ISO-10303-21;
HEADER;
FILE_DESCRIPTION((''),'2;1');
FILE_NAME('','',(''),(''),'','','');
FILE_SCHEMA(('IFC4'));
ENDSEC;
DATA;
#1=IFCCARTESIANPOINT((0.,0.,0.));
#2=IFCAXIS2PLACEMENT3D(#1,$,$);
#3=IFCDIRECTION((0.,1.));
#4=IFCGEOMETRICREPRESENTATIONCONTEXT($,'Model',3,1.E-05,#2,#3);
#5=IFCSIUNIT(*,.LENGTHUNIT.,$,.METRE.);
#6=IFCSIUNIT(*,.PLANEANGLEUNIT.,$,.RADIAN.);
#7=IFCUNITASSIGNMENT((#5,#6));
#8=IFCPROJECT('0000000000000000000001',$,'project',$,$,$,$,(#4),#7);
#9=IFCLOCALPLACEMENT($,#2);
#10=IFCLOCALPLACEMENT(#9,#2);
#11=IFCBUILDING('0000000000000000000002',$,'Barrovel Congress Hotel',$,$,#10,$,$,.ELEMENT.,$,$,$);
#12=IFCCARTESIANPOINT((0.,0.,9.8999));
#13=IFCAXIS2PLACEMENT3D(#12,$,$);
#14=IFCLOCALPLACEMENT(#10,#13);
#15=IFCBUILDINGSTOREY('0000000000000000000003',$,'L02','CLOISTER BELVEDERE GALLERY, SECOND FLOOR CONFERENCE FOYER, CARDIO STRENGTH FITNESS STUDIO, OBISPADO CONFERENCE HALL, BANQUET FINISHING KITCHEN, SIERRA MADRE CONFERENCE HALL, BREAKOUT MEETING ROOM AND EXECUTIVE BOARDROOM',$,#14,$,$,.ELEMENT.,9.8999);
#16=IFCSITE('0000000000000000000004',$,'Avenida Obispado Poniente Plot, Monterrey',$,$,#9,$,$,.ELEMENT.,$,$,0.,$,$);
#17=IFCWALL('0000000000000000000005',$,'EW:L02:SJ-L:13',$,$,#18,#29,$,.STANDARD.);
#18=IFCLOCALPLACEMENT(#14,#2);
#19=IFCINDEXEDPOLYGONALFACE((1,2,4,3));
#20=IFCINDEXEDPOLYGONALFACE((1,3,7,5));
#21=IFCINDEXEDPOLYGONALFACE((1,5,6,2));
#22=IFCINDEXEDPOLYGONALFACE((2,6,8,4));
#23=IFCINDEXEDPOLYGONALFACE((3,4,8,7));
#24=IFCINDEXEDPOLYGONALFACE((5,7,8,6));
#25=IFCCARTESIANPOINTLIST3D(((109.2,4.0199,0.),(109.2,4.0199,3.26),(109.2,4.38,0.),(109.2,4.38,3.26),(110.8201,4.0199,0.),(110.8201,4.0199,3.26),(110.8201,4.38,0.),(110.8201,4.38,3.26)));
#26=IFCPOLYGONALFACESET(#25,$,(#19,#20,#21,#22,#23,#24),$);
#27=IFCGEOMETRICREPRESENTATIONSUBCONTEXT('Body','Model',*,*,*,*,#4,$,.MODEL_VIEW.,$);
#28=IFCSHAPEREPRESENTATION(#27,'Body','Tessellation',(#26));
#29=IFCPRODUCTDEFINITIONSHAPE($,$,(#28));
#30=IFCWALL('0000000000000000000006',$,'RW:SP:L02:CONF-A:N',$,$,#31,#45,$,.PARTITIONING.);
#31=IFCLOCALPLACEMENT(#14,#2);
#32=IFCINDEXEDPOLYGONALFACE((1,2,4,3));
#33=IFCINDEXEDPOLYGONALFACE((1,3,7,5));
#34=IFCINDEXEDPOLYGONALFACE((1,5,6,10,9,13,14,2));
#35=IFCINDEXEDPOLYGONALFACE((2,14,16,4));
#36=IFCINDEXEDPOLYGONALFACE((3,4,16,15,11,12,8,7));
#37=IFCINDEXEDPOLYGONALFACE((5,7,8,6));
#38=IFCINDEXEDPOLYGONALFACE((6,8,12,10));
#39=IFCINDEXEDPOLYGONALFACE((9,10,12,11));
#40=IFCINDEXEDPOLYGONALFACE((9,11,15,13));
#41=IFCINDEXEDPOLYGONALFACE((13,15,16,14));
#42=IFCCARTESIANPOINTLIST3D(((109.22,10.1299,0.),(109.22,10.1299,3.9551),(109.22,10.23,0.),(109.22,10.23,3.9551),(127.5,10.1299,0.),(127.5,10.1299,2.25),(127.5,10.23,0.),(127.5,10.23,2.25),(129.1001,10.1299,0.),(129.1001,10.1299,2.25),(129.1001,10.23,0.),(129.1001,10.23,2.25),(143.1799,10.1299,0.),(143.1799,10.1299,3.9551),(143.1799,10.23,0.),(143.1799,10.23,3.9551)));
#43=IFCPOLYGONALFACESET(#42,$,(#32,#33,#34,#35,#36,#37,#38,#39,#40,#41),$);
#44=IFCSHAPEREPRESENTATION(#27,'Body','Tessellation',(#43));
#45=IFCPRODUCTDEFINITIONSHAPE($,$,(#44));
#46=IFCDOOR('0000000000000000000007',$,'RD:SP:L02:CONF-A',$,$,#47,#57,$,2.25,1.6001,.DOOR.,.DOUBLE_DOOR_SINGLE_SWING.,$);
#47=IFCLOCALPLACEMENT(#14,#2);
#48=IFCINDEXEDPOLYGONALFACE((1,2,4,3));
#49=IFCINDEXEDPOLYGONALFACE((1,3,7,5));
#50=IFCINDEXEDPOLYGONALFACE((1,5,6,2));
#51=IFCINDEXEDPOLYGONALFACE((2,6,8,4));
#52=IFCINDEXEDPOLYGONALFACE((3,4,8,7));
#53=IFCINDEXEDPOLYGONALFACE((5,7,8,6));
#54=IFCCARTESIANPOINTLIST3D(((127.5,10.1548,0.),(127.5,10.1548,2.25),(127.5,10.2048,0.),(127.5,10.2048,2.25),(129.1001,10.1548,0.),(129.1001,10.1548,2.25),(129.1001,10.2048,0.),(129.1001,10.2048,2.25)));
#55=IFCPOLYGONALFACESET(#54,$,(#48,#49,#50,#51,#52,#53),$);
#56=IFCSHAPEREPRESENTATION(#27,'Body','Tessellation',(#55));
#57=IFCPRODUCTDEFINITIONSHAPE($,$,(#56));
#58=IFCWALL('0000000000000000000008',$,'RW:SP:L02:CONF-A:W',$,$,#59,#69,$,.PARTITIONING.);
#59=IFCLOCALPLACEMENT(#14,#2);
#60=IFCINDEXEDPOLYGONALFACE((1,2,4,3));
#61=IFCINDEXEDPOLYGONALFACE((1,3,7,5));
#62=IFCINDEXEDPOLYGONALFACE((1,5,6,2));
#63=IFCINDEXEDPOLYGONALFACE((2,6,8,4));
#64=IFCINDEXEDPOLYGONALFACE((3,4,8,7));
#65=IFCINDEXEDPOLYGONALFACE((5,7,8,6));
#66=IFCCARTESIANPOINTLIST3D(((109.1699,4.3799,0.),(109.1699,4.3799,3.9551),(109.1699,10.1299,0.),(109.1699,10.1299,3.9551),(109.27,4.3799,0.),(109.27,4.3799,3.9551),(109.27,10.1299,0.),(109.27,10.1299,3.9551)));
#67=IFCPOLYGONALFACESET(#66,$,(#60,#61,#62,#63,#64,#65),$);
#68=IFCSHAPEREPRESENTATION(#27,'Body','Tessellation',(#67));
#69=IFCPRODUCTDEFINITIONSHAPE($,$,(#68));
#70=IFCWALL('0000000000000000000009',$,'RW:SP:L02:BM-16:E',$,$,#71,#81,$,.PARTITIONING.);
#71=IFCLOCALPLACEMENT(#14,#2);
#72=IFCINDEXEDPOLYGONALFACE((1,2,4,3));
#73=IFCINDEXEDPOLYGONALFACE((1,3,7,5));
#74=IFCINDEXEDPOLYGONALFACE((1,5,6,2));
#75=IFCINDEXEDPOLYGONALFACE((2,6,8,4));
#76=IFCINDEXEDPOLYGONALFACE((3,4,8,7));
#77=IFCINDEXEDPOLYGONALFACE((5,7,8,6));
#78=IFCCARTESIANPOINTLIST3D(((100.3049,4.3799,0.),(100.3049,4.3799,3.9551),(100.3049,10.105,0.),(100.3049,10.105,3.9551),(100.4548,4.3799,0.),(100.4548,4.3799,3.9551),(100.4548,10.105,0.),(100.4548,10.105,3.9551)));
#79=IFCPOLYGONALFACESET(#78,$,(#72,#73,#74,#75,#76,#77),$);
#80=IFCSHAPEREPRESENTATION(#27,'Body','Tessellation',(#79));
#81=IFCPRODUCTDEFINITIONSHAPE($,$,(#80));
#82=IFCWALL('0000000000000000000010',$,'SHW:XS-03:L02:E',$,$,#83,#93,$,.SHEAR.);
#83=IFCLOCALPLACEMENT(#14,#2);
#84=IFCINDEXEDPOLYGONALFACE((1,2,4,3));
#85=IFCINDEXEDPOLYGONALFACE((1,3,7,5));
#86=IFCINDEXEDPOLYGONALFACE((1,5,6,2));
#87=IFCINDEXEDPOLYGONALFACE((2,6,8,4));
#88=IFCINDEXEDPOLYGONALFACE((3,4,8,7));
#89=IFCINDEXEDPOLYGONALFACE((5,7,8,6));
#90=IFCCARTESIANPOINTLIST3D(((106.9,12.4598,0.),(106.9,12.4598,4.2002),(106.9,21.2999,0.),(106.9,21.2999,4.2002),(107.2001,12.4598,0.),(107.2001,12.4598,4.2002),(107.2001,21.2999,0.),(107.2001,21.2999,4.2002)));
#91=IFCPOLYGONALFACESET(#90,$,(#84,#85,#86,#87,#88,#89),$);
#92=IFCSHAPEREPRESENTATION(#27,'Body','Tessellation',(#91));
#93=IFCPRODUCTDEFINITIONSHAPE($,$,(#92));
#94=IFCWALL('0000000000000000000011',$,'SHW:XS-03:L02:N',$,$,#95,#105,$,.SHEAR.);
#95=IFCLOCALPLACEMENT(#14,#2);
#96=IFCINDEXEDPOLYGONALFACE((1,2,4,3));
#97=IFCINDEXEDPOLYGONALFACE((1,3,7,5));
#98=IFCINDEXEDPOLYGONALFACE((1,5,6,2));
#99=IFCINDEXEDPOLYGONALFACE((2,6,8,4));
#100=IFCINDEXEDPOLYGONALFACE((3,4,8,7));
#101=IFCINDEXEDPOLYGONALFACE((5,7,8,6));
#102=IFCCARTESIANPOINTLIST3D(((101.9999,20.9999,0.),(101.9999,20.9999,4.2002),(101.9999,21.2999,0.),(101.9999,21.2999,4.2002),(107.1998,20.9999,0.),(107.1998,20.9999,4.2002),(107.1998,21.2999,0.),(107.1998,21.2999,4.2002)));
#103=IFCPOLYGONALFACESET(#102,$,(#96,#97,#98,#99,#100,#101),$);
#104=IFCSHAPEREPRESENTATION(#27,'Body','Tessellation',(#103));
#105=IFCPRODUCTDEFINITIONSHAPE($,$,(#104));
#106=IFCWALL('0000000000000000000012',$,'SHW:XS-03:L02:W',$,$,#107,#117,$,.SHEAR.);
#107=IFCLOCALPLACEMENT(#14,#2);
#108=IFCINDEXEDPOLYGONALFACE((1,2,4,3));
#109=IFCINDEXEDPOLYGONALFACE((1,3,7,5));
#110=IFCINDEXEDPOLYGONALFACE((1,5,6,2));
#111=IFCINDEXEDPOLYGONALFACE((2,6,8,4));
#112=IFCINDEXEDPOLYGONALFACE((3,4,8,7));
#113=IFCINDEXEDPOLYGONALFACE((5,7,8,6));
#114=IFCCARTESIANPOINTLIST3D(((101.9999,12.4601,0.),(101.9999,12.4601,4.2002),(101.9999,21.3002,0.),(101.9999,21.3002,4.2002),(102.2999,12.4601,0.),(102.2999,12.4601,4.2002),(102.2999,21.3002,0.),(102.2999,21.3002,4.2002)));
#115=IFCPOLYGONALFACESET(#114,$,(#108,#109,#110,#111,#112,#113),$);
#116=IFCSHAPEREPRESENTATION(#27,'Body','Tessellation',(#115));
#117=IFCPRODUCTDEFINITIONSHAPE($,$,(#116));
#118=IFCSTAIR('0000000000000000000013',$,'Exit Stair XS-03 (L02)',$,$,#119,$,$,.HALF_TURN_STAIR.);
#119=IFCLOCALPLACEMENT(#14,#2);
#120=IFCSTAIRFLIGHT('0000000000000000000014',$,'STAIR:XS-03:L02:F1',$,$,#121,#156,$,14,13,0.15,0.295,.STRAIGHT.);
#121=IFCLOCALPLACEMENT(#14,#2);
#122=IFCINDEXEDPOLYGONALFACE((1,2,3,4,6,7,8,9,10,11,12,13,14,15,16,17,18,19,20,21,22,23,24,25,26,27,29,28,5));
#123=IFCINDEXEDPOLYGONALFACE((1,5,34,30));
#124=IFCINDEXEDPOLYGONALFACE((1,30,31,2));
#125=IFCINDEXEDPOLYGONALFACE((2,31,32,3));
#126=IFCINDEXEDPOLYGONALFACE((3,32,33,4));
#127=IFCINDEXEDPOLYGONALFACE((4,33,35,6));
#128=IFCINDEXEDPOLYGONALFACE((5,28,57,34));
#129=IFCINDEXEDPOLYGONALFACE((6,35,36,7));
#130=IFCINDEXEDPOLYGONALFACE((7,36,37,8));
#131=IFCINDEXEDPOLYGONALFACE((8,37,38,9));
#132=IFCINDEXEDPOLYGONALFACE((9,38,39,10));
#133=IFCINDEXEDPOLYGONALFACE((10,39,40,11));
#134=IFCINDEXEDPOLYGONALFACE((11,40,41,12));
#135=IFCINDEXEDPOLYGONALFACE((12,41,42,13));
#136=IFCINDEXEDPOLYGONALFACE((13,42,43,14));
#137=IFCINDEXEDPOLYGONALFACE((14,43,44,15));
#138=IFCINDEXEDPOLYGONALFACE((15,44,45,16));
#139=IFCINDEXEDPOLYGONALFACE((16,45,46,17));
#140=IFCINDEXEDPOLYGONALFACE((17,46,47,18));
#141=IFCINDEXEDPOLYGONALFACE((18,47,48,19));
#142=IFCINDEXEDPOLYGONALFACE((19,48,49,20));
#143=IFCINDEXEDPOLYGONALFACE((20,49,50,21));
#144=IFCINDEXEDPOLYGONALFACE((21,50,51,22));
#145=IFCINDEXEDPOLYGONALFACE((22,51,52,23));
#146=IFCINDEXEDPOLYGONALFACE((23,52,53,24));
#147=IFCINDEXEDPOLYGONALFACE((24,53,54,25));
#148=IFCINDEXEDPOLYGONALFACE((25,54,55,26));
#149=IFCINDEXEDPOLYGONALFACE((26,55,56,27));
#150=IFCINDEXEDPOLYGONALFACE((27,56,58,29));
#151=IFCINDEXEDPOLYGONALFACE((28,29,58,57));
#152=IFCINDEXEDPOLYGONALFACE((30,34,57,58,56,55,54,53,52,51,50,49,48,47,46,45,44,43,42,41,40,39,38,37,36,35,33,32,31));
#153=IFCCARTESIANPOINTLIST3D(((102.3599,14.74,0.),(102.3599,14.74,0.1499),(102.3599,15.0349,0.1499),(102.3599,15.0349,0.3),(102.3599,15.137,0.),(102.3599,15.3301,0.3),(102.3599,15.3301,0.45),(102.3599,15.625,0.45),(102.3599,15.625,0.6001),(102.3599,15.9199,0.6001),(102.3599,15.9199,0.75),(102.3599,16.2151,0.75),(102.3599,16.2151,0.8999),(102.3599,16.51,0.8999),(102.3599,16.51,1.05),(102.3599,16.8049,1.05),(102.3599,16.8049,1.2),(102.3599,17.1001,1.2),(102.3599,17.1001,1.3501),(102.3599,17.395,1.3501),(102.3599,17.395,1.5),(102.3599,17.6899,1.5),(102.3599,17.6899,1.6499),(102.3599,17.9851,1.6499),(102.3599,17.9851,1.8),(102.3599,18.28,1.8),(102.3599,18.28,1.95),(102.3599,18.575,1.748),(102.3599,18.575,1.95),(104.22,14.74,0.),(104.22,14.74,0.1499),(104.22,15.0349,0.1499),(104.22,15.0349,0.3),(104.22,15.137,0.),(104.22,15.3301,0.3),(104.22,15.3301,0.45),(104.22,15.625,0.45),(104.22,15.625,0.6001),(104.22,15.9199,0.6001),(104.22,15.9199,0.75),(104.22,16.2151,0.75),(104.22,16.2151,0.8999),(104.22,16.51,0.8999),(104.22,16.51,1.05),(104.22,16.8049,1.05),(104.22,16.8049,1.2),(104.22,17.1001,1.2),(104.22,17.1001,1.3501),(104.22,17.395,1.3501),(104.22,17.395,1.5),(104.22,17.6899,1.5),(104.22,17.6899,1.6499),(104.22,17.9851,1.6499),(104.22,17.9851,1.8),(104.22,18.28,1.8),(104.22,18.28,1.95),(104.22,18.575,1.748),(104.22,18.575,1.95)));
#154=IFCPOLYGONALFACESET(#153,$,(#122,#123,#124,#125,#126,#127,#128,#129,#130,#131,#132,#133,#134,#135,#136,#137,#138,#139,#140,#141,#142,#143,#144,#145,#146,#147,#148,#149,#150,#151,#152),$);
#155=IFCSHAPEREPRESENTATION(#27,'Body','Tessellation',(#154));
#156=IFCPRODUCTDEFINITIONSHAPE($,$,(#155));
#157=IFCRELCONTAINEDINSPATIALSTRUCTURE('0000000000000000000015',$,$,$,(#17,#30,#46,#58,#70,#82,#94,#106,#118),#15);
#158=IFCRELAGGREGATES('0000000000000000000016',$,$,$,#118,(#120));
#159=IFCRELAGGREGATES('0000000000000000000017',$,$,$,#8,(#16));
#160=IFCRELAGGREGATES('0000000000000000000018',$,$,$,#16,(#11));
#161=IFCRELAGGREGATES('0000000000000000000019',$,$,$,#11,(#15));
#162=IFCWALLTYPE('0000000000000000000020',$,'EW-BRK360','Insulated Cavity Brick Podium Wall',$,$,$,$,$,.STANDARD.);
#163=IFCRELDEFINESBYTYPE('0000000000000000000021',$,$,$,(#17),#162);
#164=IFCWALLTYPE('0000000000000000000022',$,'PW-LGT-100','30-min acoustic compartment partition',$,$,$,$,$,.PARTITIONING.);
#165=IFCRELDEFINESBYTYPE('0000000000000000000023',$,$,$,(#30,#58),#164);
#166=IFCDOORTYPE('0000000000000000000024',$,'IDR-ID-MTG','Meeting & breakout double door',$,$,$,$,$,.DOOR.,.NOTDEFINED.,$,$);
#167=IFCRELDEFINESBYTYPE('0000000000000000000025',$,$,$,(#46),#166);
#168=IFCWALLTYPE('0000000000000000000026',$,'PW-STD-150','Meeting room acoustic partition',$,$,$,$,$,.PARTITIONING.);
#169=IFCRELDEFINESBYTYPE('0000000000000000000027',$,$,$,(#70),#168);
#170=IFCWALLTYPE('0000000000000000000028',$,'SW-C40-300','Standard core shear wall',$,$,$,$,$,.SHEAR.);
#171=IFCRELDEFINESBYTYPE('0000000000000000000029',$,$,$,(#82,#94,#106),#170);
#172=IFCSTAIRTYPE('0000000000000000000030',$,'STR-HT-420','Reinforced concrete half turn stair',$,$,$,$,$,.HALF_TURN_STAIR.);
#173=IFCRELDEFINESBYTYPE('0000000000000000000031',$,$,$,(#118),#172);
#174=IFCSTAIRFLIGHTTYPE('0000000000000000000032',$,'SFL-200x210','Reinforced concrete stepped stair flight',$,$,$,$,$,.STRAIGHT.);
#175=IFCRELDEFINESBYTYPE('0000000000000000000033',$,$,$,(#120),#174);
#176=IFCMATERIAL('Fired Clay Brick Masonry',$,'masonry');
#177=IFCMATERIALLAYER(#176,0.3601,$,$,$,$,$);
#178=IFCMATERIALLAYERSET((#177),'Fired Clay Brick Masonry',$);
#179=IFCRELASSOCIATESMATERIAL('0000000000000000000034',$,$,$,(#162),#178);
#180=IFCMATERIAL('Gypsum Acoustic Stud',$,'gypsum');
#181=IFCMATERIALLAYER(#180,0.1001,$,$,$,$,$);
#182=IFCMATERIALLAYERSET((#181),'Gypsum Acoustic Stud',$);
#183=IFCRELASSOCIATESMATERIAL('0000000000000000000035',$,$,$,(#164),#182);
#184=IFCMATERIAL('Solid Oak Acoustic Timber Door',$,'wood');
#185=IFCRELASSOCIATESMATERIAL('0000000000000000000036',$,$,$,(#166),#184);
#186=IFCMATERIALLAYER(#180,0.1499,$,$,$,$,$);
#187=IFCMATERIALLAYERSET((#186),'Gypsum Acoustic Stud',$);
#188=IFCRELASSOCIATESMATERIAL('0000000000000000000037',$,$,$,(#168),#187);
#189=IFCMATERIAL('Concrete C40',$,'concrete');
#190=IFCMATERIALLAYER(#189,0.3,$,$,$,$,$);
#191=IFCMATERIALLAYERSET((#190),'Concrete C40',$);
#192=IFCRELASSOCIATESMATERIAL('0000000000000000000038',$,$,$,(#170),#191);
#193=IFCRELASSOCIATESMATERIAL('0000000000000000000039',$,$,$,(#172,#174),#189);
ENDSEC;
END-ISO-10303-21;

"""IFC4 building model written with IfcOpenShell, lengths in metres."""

from ifc_helpers import new_model, si_unit, direction, frame, frame_2d, origin, place, context, subcontext, project, spatial, polyline, rectangle, outline, extrude, material, layer, layer_set, type_object, element, fill, aggregate, save


model = new_model("IFC4")

# Units and contexts
model_context = context("Model", 3, precision=1e-05, world=origin(), true_north=direction((0.0, 1.0)))
body_context = subcontext(model_context, "Body", "Model", "MODEL_VIEW")
ifc_project = project(units=[si_unit("LENGTHUNIT", "METRE"), si_unit("PLANEANGLEUNIT", "RADIAN")], contexts=[model_context])

# Site, building, storey
site_placement = place(None, origin())
site = spatial("IfcSite", under=ifc_project, at=site_placement, Name="Avenida Obispado Poniente Plot, Monterrey", CompositionType="ELEMENT", RefElevation=0.0)
building_placement = place(site_placement, origin())
building = spatial("IfcBuilding", under=site, at=building_placement, Name="Barrovel Congress Hotel", CompositionType="ELEMENT")
storey_placement = place(building_placement, frame((0.0, 0.0, 9.8999)))
storey = spatial("IfcBuildingStorey", under=building, at=storey_placement, Name="L02", Description="CLOISTER BELVEDERE GALLERY, SECOND FLOOR CONFERENCE FOYER, CARDIO STRENGTH FITNESS STUDIO, OBISPADO CONFERENCE HALL, BANQUET FINISHING KITCHEN, SIERRA MADRE CONFERENCE HALL, BREAKOUT MEETING ROOM AND EXECUTIVE BOARDROOM", CompositionType="ELEMENT", Elevation=9.8999)

# Shared definitions
ifc_material_1 = material(Name="Concrete C40", Category="concrete")

# Wall
ifc_material_2 = material(Name="Fired Clay Brick Masonry", Category="masonry")
ifc_layer_1 = layer(ifc_material_2, 0.3601)
ifc_layer_set_1 = layer_set([ifc_layer_1], Name="Fired Clay Brick Masonry")
wall_type_1 = type_object("IfcWallType", Name="EW-BRK360", Description="Insulated Cavity Brick Podium Wall", PredefinedType="STANDARD", material=ifc_layer_set_1)
wall_1_placement = place(storey_placement, frame((109.2, 4.2, 0.0), z_axis=(0.0, 0.0, 1.0), x_axis=(1.0, 0.0, 0.0)))
element("IfcWall", 1, at=wall_1_placement, inside=storey, type_object=wall_type_1, Name="EW:L02:SJ-L:13", PredefinedType="STANDARD", context=body_context, shape_type="SweptSolid", body=[
    extrude(rectangle(XDim=1.6201, YDim=0.3601, at=frame_2d((0.8101, 0.0))), origin(), (0.0, 0.0, 1.0), 3.26),
])

# Wall, opening, door
ifc_material_3 = material(Name="Gypsum Acoustic Stud", Category="gypsum")
ifc_layer_2 = layer(ifc_material_3, 0.1001)
ifc_layer_set_2 = layer_set([ifc_layer_2], Name="Gypsum Acoustic Stud")
wall_type_2 = type_object("IfcWallType", Name="PW-LGT-100", Description="30-min acoustic compartment partition", PredefinedType="PARTITIONING", material=ifc_layer_set_2)
wall_2_placement = place(storey_placement, frame((109.22, 10.1799, 0.0), z_axis=(0.0, 0.0, 1.0), x_axis=(1.0, 0.0, 0.0)))
wall_2 = element("IfcWall", 2, at=wall_2_placement, inside=storey, type_object=wall_type_2, Name="RW:SP:L02:CONF-A:N", PredefinedType="PARTITIONING", context=body_context, shape_type="SweptSolid", body=[
    extrude(rectangle(XDim=33.96, YDim=0.1001, at=frame_2d((16.98, 0.0))), origin(), (0.0, 0.0, 1.0), 3.9551),
])
opening_1_placement = place(wall_2_placement, frame((18.28, 0.0, 0.0)))
opening_1 = element("IfcOpeningElement", 3, at=opening_1_placement, cuts=wall_2, PredefinedType="OPENING", context=body_context, shape_type="SweptSolid", body=[
    extrude(rectangle(XDim=1.6001, YDim=2.25, at=frame_2d((0.8, 1.125))), frame((0.0, 0.0601, 0.0), z_axis=(0.0, -1.0, 0.0), x_axis=(1.0, 0.0, 0.0)), (0.0, 0.0, 1.0), 0.1201),
])
ifc_material_4 = material(Name="Solid Oak Acoustic Timber Door", Category="wood")
door_type_1 = type_object("IfcDoorType", Name="IDR-ID-MTG", Description="Meeting & breakout double door", OperationType="NOTDEFINED", PredefinedType="DOOR", material=ifc_material_4)
door_1_placement = place(opening_1_placement, origin())
door_1 = element("IfcDoor", 4, at=door_1_placement, inside=storey, type_object=door_type_1, Name="RD:SP:L02:CONF-A", OperationType="DOUBLE_DOOR_SINGLE_SWING", OverallHeight=2.25, OverallWidth=1.6001, PredefinedType="DOOR", context=body_context, shape_type="SweptSolid", body=[
    extrude(rectangle(XDim=1.6001, YDim=2.25, at=frame_2d((0.8, 1.125))), frame((0.0, 0.0249, 0.0), z_axis=(0.0, -1.0, 0.0), x_axis=(1.0, 0.0, 0.0)), (0.0, 0.0, 1.0), 0.05),
])
fill(opening_1, door_1)

# Walls
wall_3_placement = place(storey_placement, frame((109.22, 4.3799, 0.0), z_axis=(0.0, 0.0, 1.0), x_axis=(0.0, 1.0, 0.0)))
element("IfcWall", 5, at=wall_3_placement, inside=storey, type_object=wall_type_2, Name="RW:SP:L02:CONF-A:W", PredefinedType="PARTITIONING", context=body_context, shape_type="SweptSolid", body=[
    extrude(rectangle(XDim=5.75, YDim=0.1001, at=frame_2d((2.875, 0.0))), origin(), (0.0, 0.0, 1.0), 3.9551),
])
ifc_layer_3 = layer(ifc_material_3, 0.1499)
ifc_layer_set_3 = layer_set([ifc_layer_3], Name="Gypsum Acoustic Stud")
wall_type_3 = type_object("IfcWallType", Name="PW-STD-150", Description="Meeting room acoustic partition", PredefinedType="PARTITIONING", material=ifc_layer_set_3)
wall_4_placement = place(storey_placement, frame((100.3799, 4.3799, 0.0), z_axis=(0.0, 0.0, 1.0), x_axis=(0.0, 1.0, 0.0)))
element("IfcWall", 6, at=wall_4_placement, inside=storey, type_object=wall_type_3, Name="RW:SP:L02:BM-16:E", PredefinedType="PARTITIONING", context=body_context, shape_type="SweptSolid", body=[
    extrude(rectangle(XDim=5.7251, YDim=0.1499, at=frame_2d((2.8625, 0.0))), origin(), (0.0, 0.0, 1.0), 3.9551),
])

# Shared definitions
ifc_layer_4 = layer(ifc_material_1, 0.3)
ifc_layer_set_4 = layer_set([ifc_layer_4], Name="Concrete C40")
wall_type_4 = type_object("IfcWallType", Name="SW-C40-300", Description="Standard core shear wall", PredefinedType="SHEAR", material=ifc_layer_set_4)

# Walls
wall_5_placement = place(storey_placement, frame((107.05, 12.46, 0.0), z_axis=(0.0, 0.0, 1.0), x_axis=(0.0, 1.0, 0.0)))
element("IfcWall", 7, at=wall_5_placement, inside=storey, type_object=wall_type_4, Name="SHW:XS-03:L02:E", PredefinedType="SHEAR", context=body_context, shape_type="SweptSolid", body=[
    extrude(rectangle(XDim=8.8401, YDim=0.3, at=frame_2d((4.4199, 0.0))), origin(), (0.0, 0.0, 1.0), 4.2002),
])
wall_6_placement = place(storey_placement, frame((107.2, 21.1499, 0.0), z_axis=(0.0, 0.0, 1.0), x_axis=(-1.0, 0.0, 0.0)))
element("IfcWall", 8, at=wall_6_placement, inside=storey, type_object=wall_type_4, Name="SHW:XS-03:L02:N", PredefinedType="SHEAR", context=body_context, shape_type="SweptSolid", body=[
    extrude(rectangle(XDim=5.2, YDim=0.3, at=frame_2d((2.6001, 0.0))), origin(), (0.0, 0.0, 1.0), 4.2002),
])
wall_7_placement = place(storey_placement, frame((102.1499, 21.3, 0.0), z_axis=(0.0, 0.0, 1.0), x_axis=(0.0, -1.0, 0.0)))
element("IfcWall", 9, at=wall_7_placement, inside=storey, type_object=wall_type_4, Name="SHW:XS-03:L02:W", PredefinedType="SHEAR", context=body_context, shape_type="SweptSolid", body=[
    extrude(rectangle(XDim=8.8401, YDim=0.3, at=frame_2d((4.4199, 0.0))), origin(), (0.0, 0.0, 1.0), 4.2002),
])

# Stair, stair flight
stair_type = type_object("IfcStairType", Name="STR-HT-420", Description="Reinforced concrete half turn stair", PredefinedType="HALF_TURN_STAIR", material=ifc_material_1)
stair_placement = place(storey_placement, origin())
stair = element("IfcStair", 10, at=stair_placement, inside=storey, type_object=stair_type, Name="Exit Stair XS-03 (L02)", PredefinedType="HALF_TURN_STAIR")
stair_flight_type = type_object("IfcStairFlightType", Name="SFL-200x210", Description="Reinforced concrete stepped stair flight", PredefinedType="STRAIGHT", material=ifc_material_1)
stair_flight_1_placement = place(storey_placement, frame((103.29, 14.74, 0.0), z_axis=(0.0, 0.0, 1.0), x_axis=(0.0, 1.0, 0.0)))
stair_flight_1 = element("IfcStairFlight", 11, at=stair_flight_1_placement, type_object=stair_flight_type, Name="STAIR:XS-03:L02:F1", NumberOfRisers=14, NumberOfTreads=13, PredefinedType="STRAIGHT", RiserHeight=0.15, TreadLength=0.295, context=body_context, shape_type="SweptSolid", body=[
    extrude(outline(polyline([(0.0, 0.0), (0.0, 0.1499), (0.2949, 0.1499), (0.2949, 0.3), (0.5901, 0.3), (0.5901, 0.45), (0.885, 0.45), (0.885, 0.6001), (1.1799, 0.6001), (1.1799, 0.75), (1.4751, 0.75), (1.4751, 0.8999), (1.77, 0.8999), (1.77, 1.05), (2.0649, 1.05), (2.0649, 1.2), (2.3601, 1.2), (2.3601, 1.3501), (2.655, 1.3501), (2.655, 1.5), (2.95, 1.5), (2.95, 1.6499), (3.2451, 1.6499), (3.2451, 1.8), (3.54, 1.8), (3.54, 1.95), (3.835, 1.95), (3.835, 2.1001), (3.835, 1.748), (0.397, 0.0), (0.0, 0.0)])), frame((0.0, 0.9302, 0.0), z_axis=(0.0, -1.0, 0.0), x_axis=(1.0, 0.0, 0.0)), (0.0, 0.0, 1.0), 1.8601),
])
aggregate(stair, [stair_flight_1])

save(model, "model.ifc")
